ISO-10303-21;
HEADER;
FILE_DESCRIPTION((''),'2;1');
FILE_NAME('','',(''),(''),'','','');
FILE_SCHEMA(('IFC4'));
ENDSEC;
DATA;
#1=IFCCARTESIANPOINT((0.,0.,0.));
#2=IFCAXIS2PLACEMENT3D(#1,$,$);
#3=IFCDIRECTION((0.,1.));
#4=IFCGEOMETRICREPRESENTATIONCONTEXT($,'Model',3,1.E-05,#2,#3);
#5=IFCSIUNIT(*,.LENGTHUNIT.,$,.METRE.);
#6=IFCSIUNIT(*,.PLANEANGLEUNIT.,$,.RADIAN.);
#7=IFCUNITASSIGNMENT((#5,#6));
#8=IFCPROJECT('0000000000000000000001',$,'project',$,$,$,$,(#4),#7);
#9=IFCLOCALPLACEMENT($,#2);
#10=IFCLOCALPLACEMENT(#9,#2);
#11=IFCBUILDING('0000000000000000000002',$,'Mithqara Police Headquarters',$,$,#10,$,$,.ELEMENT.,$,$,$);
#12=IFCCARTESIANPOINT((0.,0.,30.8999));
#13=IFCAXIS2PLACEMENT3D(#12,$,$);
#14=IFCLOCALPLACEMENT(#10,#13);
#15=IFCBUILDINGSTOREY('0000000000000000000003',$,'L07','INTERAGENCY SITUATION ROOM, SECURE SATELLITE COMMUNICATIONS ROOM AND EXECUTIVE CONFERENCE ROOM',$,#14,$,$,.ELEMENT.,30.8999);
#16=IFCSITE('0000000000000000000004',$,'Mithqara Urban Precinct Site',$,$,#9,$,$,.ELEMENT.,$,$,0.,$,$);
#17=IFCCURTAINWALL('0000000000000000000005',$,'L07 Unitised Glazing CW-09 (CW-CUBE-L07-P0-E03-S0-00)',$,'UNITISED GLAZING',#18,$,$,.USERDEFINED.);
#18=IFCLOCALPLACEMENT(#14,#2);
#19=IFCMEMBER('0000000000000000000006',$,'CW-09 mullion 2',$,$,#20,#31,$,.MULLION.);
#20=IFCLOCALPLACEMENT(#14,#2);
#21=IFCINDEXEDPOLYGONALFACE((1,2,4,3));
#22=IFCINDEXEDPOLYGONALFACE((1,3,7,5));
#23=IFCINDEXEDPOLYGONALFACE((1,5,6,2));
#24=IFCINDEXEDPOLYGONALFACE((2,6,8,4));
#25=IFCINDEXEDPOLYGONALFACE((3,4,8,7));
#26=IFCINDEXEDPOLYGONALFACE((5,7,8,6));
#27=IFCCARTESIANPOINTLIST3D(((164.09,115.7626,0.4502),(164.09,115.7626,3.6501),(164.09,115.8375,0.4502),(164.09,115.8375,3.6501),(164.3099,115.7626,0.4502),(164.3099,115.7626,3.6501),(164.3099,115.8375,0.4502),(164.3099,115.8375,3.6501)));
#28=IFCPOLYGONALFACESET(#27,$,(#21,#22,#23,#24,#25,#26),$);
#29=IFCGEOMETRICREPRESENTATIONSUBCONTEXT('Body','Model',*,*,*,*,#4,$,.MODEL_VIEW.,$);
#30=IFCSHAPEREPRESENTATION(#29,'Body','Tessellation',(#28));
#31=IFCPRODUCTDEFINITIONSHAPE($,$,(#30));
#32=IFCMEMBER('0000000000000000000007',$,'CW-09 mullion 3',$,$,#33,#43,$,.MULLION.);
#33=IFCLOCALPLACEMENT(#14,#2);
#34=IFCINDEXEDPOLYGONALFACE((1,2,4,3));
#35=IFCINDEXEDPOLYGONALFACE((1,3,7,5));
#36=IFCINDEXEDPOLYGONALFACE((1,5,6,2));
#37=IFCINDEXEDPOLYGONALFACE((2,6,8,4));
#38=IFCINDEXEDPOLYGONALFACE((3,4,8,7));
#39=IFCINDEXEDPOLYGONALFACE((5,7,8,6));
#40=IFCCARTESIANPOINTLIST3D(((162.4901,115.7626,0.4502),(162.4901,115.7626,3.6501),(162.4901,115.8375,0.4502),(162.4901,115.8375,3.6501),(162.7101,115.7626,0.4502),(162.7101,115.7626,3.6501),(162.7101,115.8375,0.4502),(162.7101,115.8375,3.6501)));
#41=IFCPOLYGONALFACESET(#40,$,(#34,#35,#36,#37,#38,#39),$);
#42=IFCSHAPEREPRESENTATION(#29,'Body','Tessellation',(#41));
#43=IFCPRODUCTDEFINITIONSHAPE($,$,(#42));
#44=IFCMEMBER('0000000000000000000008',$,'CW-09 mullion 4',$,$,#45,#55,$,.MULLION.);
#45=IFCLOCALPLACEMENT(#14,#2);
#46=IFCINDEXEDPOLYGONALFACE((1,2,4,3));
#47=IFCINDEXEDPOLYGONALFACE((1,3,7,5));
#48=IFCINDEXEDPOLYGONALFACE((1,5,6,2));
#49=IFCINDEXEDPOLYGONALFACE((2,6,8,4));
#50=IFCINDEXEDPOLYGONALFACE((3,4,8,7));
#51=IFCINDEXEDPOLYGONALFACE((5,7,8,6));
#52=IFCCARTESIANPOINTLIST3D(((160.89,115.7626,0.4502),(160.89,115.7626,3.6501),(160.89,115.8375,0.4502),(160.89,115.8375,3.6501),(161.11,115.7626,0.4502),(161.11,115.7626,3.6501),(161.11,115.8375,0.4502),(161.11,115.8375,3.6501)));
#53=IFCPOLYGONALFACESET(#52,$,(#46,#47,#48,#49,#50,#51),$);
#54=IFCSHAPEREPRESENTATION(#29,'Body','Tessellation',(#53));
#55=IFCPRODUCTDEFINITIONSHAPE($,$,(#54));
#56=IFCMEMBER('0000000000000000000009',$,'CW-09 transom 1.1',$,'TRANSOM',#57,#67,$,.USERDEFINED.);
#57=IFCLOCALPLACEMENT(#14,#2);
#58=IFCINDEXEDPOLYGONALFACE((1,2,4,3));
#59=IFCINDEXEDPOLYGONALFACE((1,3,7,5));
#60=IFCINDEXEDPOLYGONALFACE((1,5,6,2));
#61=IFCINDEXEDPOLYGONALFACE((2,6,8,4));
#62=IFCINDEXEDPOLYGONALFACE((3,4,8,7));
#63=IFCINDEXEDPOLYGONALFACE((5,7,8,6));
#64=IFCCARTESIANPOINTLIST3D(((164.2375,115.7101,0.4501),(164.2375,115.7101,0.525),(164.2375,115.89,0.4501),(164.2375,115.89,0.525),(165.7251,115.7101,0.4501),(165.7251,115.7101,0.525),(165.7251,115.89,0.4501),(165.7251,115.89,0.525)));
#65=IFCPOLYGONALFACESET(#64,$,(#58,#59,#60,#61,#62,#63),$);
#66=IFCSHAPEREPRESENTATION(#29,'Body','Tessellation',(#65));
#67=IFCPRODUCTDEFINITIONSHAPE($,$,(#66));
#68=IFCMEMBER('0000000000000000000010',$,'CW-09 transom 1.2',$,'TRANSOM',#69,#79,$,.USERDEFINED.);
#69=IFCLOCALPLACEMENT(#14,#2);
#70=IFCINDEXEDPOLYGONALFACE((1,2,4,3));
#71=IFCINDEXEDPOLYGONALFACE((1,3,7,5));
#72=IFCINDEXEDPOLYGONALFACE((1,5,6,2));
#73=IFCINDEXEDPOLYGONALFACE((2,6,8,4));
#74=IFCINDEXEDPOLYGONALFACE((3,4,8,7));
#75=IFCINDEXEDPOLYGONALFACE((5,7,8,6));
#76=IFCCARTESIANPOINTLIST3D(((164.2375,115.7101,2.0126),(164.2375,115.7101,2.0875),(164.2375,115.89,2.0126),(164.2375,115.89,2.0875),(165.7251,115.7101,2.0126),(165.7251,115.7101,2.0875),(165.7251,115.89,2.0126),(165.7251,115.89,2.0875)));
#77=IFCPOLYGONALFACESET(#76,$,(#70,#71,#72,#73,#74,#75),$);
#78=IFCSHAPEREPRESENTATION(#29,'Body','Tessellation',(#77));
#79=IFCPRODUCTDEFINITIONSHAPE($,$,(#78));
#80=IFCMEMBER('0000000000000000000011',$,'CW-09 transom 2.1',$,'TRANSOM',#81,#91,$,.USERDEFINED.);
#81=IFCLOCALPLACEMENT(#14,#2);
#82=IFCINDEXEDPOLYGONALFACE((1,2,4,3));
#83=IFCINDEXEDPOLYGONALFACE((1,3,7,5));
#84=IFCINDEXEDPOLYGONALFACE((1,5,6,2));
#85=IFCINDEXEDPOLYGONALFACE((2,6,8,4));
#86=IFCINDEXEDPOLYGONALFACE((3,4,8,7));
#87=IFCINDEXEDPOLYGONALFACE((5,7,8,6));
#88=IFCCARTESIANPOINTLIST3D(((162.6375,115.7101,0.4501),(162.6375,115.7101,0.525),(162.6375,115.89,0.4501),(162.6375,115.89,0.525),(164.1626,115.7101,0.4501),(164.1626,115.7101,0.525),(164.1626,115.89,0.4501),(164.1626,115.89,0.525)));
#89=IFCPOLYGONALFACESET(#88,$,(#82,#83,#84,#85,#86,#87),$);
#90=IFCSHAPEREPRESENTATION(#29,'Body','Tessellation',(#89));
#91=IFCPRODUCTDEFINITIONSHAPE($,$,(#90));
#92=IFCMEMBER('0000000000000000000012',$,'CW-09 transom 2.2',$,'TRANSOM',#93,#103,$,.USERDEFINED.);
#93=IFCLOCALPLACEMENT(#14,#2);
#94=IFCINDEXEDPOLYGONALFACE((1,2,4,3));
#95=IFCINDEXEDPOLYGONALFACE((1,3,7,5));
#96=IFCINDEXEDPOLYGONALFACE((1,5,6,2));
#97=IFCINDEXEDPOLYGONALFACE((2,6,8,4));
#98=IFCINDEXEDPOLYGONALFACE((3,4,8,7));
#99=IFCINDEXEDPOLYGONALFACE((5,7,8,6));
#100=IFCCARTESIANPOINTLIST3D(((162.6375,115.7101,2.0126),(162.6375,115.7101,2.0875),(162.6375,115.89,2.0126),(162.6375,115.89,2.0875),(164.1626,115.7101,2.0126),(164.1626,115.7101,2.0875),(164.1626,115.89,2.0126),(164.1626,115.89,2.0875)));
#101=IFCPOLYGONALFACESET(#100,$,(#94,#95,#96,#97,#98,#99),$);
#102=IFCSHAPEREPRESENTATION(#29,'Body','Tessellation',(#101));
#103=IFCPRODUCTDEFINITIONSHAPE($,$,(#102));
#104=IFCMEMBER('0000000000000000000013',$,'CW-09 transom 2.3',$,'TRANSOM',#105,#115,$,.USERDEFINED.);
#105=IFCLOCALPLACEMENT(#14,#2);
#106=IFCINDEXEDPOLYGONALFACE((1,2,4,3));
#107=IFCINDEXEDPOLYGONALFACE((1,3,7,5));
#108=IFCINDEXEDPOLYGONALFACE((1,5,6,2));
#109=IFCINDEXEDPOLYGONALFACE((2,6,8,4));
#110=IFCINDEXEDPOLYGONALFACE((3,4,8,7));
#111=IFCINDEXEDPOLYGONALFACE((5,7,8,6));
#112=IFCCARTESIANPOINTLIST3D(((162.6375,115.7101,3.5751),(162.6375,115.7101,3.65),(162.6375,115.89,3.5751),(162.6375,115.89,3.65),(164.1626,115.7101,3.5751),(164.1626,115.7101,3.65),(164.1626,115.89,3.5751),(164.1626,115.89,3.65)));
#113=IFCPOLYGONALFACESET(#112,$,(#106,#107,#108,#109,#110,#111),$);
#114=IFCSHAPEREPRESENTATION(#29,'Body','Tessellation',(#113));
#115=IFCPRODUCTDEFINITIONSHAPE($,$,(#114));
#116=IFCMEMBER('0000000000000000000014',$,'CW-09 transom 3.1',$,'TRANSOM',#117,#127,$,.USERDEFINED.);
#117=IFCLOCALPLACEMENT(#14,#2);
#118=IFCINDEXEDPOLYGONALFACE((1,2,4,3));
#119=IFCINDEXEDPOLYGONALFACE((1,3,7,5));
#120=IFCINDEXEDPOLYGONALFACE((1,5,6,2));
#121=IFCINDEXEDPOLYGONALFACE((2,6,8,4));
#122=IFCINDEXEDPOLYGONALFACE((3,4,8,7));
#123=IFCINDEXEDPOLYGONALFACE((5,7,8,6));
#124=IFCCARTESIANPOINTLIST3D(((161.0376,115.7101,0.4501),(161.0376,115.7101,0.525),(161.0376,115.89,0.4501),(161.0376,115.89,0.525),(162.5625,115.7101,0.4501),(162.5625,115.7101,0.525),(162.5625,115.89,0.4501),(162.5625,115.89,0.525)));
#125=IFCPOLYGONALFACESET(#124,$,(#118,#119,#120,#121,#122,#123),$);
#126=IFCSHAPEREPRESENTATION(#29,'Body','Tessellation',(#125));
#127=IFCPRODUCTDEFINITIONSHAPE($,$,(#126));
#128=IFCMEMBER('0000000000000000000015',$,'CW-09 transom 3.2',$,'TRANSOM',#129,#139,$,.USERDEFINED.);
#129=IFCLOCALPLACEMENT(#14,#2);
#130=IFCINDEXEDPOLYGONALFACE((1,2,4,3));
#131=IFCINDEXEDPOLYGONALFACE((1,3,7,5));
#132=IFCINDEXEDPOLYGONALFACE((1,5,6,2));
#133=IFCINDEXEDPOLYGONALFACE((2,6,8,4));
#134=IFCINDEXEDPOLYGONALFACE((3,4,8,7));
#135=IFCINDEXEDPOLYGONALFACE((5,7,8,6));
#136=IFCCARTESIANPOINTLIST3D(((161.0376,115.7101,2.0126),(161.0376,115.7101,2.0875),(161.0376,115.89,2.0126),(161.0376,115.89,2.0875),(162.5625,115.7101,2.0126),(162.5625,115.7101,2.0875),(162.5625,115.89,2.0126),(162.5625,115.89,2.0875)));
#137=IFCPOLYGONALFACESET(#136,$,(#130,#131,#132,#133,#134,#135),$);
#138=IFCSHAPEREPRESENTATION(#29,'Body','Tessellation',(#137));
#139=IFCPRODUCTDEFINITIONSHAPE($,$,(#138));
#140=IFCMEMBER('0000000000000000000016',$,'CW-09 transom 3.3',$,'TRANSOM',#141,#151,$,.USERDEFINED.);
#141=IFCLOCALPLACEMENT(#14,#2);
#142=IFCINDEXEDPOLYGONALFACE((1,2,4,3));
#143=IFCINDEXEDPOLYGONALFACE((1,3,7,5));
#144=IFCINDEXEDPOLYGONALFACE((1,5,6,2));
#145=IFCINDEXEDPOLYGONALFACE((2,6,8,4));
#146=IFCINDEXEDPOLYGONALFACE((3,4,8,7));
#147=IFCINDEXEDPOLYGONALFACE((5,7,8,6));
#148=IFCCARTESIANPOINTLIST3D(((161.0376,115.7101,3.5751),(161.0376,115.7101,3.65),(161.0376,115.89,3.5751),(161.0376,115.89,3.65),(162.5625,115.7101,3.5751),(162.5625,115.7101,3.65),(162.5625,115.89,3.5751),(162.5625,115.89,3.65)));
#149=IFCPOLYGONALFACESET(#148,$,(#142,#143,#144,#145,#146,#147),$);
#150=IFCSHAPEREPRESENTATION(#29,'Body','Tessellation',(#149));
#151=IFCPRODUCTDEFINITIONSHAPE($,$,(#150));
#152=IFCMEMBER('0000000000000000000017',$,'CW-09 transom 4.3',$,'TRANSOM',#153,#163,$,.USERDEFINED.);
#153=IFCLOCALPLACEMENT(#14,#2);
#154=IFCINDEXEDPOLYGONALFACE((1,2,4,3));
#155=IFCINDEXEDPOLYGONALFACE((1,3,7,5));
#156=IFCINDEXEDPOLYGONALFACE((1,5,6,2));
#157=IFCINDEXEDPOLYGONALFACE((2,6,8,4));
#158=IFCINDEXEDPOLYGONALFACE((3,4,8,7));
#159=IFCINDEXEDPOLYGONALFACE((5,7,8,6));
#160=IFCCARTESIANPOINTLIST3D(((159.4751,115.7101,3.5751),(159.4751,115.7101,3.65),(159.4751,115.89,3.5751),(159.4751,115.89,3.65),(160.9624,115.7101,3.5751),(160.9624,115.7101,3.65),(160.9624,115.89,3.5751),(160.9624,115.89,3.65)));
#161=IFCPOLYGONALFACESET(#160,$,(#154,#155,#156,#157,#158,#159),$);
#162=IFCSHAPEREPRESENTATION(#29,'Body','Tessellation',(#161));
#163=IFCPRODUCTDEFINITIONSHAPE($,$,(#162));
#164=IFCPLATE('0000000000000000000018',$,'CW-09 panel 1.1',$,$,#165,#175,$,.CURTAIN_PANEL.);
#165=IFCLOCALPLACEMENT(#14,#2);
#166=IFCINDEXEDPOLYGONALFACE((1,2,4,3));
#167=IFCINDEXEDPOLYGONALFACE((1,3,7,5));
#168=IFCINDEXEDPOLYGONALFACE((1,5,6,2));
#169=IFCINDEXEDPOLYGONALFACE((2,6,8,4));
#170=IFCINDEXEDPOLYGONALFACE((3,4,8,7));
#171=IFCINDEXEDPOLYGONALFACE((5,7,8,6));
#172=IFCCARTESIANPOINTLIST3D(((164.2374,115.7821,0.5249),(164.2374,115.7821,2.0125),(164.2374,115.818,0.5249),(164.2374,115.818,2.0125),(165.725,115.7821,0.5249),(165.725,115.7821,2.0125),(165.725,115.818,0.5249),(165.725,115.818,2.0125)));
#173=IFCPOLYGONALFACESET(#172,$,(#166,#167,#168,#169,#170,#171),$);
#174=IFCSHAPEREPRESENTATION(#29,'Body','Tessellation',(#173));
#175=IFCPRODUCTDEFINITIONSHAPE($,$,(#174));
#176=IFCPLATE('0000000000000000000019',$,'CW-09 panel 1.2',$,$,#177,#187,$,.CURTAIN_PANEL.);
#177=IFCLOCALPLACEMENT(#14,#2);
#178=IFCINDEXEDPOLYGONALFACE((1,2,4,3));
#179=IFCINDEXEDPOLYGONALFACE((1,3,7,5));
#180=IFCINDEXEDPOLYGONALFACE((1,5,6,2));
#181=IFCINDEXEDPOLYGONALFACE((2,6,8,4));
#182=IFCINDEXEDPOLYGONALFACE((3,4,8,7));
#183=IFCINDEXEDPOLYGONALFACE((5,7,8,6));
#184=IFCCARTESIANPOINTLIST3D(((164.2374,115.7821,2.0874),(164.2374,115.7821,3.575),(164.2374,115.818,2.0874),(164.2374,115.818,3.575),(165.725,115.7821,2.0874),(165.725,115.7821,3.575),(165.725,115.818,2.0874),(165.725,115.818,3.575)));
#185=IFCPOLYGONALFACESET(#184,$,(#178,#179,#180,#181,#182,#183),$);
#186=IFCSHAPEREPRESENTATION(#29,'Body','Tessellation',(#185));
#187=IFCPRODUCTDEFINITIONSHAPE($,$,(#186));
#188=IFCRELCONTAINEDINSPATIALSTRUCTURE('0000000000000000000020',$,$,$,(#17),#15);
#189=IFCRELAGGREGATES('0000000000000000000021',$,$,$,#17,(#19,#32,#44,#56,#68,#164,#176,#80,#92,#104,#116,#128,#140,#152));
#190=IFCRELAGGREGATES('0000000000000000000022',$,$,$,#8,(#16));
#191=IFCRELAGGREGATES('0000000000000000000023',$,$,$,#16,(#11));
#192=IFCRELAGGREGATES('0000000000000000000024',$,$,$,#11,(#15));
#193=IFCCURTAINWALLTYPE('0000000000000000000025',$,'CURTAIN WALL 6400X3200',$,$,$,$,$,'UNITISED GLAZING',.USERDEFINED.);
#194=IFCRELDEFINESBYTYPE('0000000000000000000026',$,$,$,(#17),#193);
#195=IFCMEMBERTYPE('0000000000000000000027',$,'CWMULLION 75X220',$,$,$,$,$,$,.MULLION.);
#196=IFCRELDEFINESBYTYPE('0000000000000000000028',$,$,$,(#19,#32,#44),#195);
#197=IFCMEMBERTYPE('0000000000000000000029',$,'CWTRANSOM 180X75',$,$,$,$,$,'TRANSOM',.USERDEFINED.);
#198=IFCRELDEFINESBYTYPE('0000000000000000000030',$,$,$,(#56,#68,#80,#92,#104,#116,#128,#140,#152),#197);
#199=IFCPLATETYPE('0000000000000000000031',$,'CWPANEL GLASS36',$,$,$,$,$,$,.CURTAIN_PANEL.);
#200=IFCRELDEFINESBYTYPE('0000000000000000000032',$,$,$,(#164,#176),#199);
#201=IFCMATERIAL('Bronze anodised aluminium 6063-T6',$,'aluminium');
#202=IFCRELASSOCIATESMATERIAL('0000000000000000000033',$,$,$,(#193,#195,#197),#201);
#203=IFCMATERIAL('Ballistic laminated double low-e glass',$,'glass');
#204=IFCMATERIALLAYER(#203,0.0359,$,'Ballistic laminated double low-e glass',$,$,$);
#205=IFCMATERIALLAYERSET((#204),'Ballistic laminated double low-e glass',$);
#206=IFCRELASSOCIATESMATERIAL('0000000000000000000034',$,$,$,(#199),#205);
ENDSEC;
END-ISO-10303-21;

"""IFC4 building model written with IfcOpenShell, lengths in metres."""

from ifc_helpers import new_model, si_unit, direction, frame, origin, origin_2d, place, context, subcontext, project, spatial, rectangle, extrude, material, layer, layer_set, material_profile, profile_set, type_object, element, aggregate, save


model = new_model("IFC4")

# Units and contexts
model_context = context("Model", 3, precision=1e-05, world=origin(), true_north=direction((0.0, 1.0)))
body_context = subcontext(model_context, "Body", "Model", "MODEL_VIEW")
ifc_project = project(units=[si_unit("LENGTHUNIT", "METRE"), si_unit("PLANEANGLEUNIT", "RADIAN")], contexts=[model_context])

# Site, building, storey
site_placement = place(None, origin())
site = spatial("IfcSite", under=ifc_project, at=site_placement, Name="Mithqara Urban Precinct Site", CompositionType="ELEMENT", RefElevation=0.0)
building_placement = place(site_placement, origin())
building = spatial("IfcBuilding", under=site, at=building_placement, Name="Mithqara Police Headquarters", CompositionType="ELEMENT")
storey_placement = place(building_placement, frame((0.0, 0.0, 30.8999)))
storey = spatial("IfcBuildingStorey", under=building, at=storey_placement, Name="L07", Description="INTERAGENCY SITUATION ROOM, SECURE SATELLITE COMMUNICATIONS ROOM AND EXECUTIVE CONFERENCE ROOM", CompositionType="ELEMENT", Elevation=30.8999)

# Curtain wall, members, plates
ifc_material_1 = material(Name="Bronze anodised aluminium 6063-T6", Category="aluminium")
curtain_wall_type = type_object("IfcCurtainWallType", Name="CURTAIN WALL 6400X3200", ElementType="UNITISED GLAZING", PredefinedType="USERDEFINED", material=ifc_material_1)
curtain_wall_placement = place(storey_placement, origin())
curtain_wall = element("IfcCurtainWall", 1, at=curtain_wall_placement, inside=storey, type_object=curtain_wall_type, Name="L07 Unitised Glazing CW-09 (CW-CUBE-L07-P0-E03-S0-00)", ObjectType="UNITISED GLAZING", PredefinedType="USERDEFINED")
ifc_material_profile_1 = material_profile(ifc_material_1, rectangle(XDim=0.075, YDim=0.22, at=origin_2d()), Name="CWM 75x220")
ifc_profile_set_1 = profile_set([ifc_material_profile_1], Name="Bronze anodised aluminium 6063-T6")
member_type_1 = type_object("IfcMemberType", Name="CWMULLION 75X220", PredefinedType="MULLION", material=ifc_profile_set_1)
member_1_placement = place(storey_placement, frame((164.2, 115.8, 0.4502), z_axis=(0.0, 0.0, 1.0), x_axis=(0.0, -1.0, 0.0)))
member_1 = element("IfcMember", 2, at=member_1_placement, type_object=member_type_1, Name="CW-09 mullion 2", PredefinedType="MULLION", context=body_context, shape_type="SweptSolid", body=[
    extrude(rectangle(XDim=0.075, YDim=0.22, at=origin_2d()), origin(), (0.0, 0.0, 1.0), 3.2),
])
member_2_placement = place(storey_placement, frame((162.6001, 115.8, 0.4502), z_axis=(0.0, 0.0, 1.0), x_axis=(0.0, -1.0, 0.0)))
member_2 = element("IfcMember", 3, at=member_2_placement, type_object=member_type_1, Name="CW-09 mullion 3", PredefinedType="MULLION", context=body_context, shape_type="SweptSolid", body=[
    extrude(rectangle(XDim=0.075, YDim=0.22, at=origin_2d()), origin(), (0.0, 0.0, 1.0), 3.2),
])
member_3_placement = place(storey_placement, frame((161.0, 115.8, 0.4502), z_axis=(0.0, 0.0, 1.0), x_axis=(0.0, -1.0, 0.0)))
member_3 = element("IfcMember", 4, at=member_3_placement, type_object=member_type_1, Name="CW-09 mullion 4", PredefinedType="MULLION", context=body_context, shape_type="SweptSolid", body=[
    extrude(rectangle(XDim=0.075, YDim=0.22, at=origin_2d()), origin(), (0.0, 0.0, 1.0), 3.2),
])
ifc_material_profile_2 = material_profile(ifc_material_1, rectangle(XDim=0.1799, YDim=0.075, at=origin_2d()), Name="CWT 180x75")
ifc_profile_set_2 = profile_set([ifc_material_profile_2], Name="Bronze anodised aluminium 6063-T6")
member_type_2 = type_object("IfcMemberType", Name="CWTRANSOM 180X75", ElementType="TRANSOM", PredefinedType="USERDEFINED", material=ifc_profile_set_2)
member_4_placement = place(storey_placement, frame((165.7251, 115.8, 0.4875), z_axis=(-1.0, 0.0, 0.0), x_axis=(0.0, -1.0, 0.0)))
member_4 = element("IfcMember", 5, at=member_4_placement, type_object=member_type_2, Name="CW-09 transom 1.1", ObjectType="TRANSOM", PredefinedType="USERDEFINED", context=body_context, shape_type="SweptSolid", body=[
    extrude(rectangle(XDim=0.1799, YDim=0.075, at=origin_2d()), origin(), (0.0, 0.0, 1.0), 1.4875),
])
member_5_placement = place(storey_placement, frame((165.7251, 115.8, 2.05), z_axis=(-1.0, 0.0, 0.0), x_axis=(0.0, -1.0, 0.0)))
member_5 = element("IfcMember", 6, at=member_5_placement, type_object=member_type_2, Name="CW-09 transom 1.2", ObjectType="TRANSOM", PredefinedType="USERDEFINED", context=body_context, shape_type="SweptSolid", body=[
    extrude(rectangle(XDim=0.1799, YDim=0.075, at=origin_2d()), origin(), (0.0, 0.0, 1.0), 1.4875),
])
member_6_placement = place(storey_placement, frame((164.1626, 115.8, 0.4875), z_axis=(-1.0, 0.0, 0.0), x_axis=(0.0, -1.0, 0.0)))
member_6 = element("IfcMember", 7, at=member_6_placement, type_object=member_type_2, Name="CW-09 transom 2.1", ObjectType="TRANSOM", PredefinedType="USERDEFINED", context=body_context, shape_type="SweptSolid", body=[
    extrude(rectangle(XDim=0.1799, YDim=0.075, at=origin_2d()), origin(), (0.0, 0.0, 1.0), 1.5251),
])
member_7_placement = place(storey_placement, frame((164.1626, 115.8, 2.05), z_axis=(-1.0, 0.0, 0.0), x_axis=(0.0, -1.0, 0.0)))
member_7 = element("IfcMember", 8, at=member_7_placement, type_object=member_type_2, Name="CW-09 transom 2.2", ObjectType="TRANSOM", PredefinedType="USERDEFINED", context=body_context, shape_type="SweptSolid", body=[
    extrude(rectangle(XDim=0.1799, YDim=0.075, at=origin_2d()), origin(), (0.0, 0.0, 1.0), 1.5251),
])
member_8_placement = place(storey_placement, frame((164.1626, 115.8, 3.6125), z_axis=(-1.0, 0.0, 0.0), x_axis=(0.0, -1.0, 0.0)))
member_8 = element("IfcMember", 9, at=member_8_placement, type_object=member_type_2, Name="CW-09 transom 2.3", ObjectType="TRANSOM", PredefinedType="USERDEFINED", context=body_context, shape_type="SweptSolid", body=[
    extrude(rectangle(XDim=0.1799, YDim=0.075, at=origin_2d()), origin(), (0.0, 0.0, 1.0), 1.5251),
])
member_9_placement = place(storey_placement, frame((162.5625, 115.8, 0.4875), z_axis=(-1.0, 0.0, 0.0), x_axis=(0.0, -1.0, 0.0)))
member_9 = element("IfcMember", 10, at=member_9_placement, type_object=member_type_2, Name="CW-09 transom 3.1", ObjectType="TRANSOM", PredefinedType="USERDEFINED", context=body_context, shape_type="SweptSolid", body=[
    extrude(rectangle(XDim=0.1799, YDim=0.075, at=origin_2d()), origin(), (0.0, 0.0, 1.0), 1.5249),
])
member_10_placement = place(storey_placement, frame((162.5625, 115.8, 2.05), z_axis=(-1.0, 0.0, 0.0), x_axis=(0.0, -1.0, 0.0)))
member_10 = element("IfcMember", 11, at=member_10_placement, type_object=member_type_2, Name="CW-09 transom 3.2", ObjectType="TRANSOM", PredefinedType="USERDEFINED", context=body_context, shape_type="SweptSolid", body=[
    extrude(rectangle(XDim=0.1799, YDim=0.075, at=origin_2d()), origin(), (0.0, 0.0, 1.0), 1.5249),
])
member_11_placement = place(storey_placement, frame((162.5625, 115.8, 3.6125), z_axis=(-1.0, 0.0, 0.0), x_axis=(0.0, -1.0, 0.0)))
member_11 = element("IfcMember", 12, at=member_11_placement, type_object=member_type_2, Name="CW-09 transom 3.3", ObjectType="TRANSOM", PredefinedType="USERDEFINED", context=body_context, shape_type="SweptSolid", body=[
    extrude(rectangle(XDim=0.1799, YDim=0.075, at=origin_2d()), origin(), (0.0, 0.0, 1.0), 1.5249),
])
member_12_placement = place(storey_placement, frame((160.9624, 115.8, 3.6125), z_axis=(-1.0, 0.0, 0.0), x_axis=(0.0, -1.0, 0.0)))
member_12 = element("IfcMember", 13, at=member_12_placement, type_object=member_type_2, Name="CW-09 transom 4.3", ObjectType="TRANSOM", PredefinedType="USERDEFINED", context=body_context, shape_type="SweptSolid", body=[
    extrude(rectangle(XDim=0.1799, YDim=0.075, at=origin_2d()), origin(), (0.0, 0.0, 1.0), 1.4873),
])
ifc_material_2 = material(Name="Ballistic laminated double low-e glass", Category="glass")
ifc_layer_1 = layer(ifc_material_2, 0.0359, Name="Ballistic laminated double low-e glass")
ifc_layer_set_1 = layer_set([ifc_layer_1], Name="Ballistic laminated double low-e glass")
plate_type = type_object("IfcPlateType", Name="CWPANEL GLASS36", PredefinedType="CURTAIN_PANEL", material=ifc_layer_set_1)
plate_1_placement = place(storey_placement, frame((164.9812, 115.8, 0.5249), z_axis=(0.0, 0.0, 1.0), x_axis=(-1.0, 0.0, 0.0)))
plate_1 = element("IfcPlate", 14, at=plate_1_placement, type_object=plate_type, Name="CW-09 panel 1.1", PredefinedType="CURTAIN_PANEL", context=body_context, shape_type="SweptSolid", body=[
    extrude(rectangle(XDim=1.4875, YDim=0.0359, at=origin_2d()), origin(), (0.0, 0.0, 1.0), 1.4875),
])
plate_2_placement = place(storey_placement, frame((164.9812, 115.8, 2.0874), z_axis=(0.0, 0.0, 1.0), x_axis=(-1.0, 0.0, 0.0)))
plate_2 = element("IfcPlate", 15, at=plate_2_placement, type_object=plate_type, Name="CW-09 panel 1.2", PredefinedType="CURTAIN_PANEL", context=body_context, shape_type="SweptSolid", body=[
    extrude(rectangle(XDim=1.4875, YDim=0.0359, at=origin_2d()), origin(), (0.0, 0.0, 1.0), 1.4875),
])
aggregate(curtain_wall, [member_1, member_2, member_3, member_4, member_5, plate_1, plate_2, member_6, member_7, member_8, member_9, member_10, member_11, member_12])

save(model, "model.ifc")
